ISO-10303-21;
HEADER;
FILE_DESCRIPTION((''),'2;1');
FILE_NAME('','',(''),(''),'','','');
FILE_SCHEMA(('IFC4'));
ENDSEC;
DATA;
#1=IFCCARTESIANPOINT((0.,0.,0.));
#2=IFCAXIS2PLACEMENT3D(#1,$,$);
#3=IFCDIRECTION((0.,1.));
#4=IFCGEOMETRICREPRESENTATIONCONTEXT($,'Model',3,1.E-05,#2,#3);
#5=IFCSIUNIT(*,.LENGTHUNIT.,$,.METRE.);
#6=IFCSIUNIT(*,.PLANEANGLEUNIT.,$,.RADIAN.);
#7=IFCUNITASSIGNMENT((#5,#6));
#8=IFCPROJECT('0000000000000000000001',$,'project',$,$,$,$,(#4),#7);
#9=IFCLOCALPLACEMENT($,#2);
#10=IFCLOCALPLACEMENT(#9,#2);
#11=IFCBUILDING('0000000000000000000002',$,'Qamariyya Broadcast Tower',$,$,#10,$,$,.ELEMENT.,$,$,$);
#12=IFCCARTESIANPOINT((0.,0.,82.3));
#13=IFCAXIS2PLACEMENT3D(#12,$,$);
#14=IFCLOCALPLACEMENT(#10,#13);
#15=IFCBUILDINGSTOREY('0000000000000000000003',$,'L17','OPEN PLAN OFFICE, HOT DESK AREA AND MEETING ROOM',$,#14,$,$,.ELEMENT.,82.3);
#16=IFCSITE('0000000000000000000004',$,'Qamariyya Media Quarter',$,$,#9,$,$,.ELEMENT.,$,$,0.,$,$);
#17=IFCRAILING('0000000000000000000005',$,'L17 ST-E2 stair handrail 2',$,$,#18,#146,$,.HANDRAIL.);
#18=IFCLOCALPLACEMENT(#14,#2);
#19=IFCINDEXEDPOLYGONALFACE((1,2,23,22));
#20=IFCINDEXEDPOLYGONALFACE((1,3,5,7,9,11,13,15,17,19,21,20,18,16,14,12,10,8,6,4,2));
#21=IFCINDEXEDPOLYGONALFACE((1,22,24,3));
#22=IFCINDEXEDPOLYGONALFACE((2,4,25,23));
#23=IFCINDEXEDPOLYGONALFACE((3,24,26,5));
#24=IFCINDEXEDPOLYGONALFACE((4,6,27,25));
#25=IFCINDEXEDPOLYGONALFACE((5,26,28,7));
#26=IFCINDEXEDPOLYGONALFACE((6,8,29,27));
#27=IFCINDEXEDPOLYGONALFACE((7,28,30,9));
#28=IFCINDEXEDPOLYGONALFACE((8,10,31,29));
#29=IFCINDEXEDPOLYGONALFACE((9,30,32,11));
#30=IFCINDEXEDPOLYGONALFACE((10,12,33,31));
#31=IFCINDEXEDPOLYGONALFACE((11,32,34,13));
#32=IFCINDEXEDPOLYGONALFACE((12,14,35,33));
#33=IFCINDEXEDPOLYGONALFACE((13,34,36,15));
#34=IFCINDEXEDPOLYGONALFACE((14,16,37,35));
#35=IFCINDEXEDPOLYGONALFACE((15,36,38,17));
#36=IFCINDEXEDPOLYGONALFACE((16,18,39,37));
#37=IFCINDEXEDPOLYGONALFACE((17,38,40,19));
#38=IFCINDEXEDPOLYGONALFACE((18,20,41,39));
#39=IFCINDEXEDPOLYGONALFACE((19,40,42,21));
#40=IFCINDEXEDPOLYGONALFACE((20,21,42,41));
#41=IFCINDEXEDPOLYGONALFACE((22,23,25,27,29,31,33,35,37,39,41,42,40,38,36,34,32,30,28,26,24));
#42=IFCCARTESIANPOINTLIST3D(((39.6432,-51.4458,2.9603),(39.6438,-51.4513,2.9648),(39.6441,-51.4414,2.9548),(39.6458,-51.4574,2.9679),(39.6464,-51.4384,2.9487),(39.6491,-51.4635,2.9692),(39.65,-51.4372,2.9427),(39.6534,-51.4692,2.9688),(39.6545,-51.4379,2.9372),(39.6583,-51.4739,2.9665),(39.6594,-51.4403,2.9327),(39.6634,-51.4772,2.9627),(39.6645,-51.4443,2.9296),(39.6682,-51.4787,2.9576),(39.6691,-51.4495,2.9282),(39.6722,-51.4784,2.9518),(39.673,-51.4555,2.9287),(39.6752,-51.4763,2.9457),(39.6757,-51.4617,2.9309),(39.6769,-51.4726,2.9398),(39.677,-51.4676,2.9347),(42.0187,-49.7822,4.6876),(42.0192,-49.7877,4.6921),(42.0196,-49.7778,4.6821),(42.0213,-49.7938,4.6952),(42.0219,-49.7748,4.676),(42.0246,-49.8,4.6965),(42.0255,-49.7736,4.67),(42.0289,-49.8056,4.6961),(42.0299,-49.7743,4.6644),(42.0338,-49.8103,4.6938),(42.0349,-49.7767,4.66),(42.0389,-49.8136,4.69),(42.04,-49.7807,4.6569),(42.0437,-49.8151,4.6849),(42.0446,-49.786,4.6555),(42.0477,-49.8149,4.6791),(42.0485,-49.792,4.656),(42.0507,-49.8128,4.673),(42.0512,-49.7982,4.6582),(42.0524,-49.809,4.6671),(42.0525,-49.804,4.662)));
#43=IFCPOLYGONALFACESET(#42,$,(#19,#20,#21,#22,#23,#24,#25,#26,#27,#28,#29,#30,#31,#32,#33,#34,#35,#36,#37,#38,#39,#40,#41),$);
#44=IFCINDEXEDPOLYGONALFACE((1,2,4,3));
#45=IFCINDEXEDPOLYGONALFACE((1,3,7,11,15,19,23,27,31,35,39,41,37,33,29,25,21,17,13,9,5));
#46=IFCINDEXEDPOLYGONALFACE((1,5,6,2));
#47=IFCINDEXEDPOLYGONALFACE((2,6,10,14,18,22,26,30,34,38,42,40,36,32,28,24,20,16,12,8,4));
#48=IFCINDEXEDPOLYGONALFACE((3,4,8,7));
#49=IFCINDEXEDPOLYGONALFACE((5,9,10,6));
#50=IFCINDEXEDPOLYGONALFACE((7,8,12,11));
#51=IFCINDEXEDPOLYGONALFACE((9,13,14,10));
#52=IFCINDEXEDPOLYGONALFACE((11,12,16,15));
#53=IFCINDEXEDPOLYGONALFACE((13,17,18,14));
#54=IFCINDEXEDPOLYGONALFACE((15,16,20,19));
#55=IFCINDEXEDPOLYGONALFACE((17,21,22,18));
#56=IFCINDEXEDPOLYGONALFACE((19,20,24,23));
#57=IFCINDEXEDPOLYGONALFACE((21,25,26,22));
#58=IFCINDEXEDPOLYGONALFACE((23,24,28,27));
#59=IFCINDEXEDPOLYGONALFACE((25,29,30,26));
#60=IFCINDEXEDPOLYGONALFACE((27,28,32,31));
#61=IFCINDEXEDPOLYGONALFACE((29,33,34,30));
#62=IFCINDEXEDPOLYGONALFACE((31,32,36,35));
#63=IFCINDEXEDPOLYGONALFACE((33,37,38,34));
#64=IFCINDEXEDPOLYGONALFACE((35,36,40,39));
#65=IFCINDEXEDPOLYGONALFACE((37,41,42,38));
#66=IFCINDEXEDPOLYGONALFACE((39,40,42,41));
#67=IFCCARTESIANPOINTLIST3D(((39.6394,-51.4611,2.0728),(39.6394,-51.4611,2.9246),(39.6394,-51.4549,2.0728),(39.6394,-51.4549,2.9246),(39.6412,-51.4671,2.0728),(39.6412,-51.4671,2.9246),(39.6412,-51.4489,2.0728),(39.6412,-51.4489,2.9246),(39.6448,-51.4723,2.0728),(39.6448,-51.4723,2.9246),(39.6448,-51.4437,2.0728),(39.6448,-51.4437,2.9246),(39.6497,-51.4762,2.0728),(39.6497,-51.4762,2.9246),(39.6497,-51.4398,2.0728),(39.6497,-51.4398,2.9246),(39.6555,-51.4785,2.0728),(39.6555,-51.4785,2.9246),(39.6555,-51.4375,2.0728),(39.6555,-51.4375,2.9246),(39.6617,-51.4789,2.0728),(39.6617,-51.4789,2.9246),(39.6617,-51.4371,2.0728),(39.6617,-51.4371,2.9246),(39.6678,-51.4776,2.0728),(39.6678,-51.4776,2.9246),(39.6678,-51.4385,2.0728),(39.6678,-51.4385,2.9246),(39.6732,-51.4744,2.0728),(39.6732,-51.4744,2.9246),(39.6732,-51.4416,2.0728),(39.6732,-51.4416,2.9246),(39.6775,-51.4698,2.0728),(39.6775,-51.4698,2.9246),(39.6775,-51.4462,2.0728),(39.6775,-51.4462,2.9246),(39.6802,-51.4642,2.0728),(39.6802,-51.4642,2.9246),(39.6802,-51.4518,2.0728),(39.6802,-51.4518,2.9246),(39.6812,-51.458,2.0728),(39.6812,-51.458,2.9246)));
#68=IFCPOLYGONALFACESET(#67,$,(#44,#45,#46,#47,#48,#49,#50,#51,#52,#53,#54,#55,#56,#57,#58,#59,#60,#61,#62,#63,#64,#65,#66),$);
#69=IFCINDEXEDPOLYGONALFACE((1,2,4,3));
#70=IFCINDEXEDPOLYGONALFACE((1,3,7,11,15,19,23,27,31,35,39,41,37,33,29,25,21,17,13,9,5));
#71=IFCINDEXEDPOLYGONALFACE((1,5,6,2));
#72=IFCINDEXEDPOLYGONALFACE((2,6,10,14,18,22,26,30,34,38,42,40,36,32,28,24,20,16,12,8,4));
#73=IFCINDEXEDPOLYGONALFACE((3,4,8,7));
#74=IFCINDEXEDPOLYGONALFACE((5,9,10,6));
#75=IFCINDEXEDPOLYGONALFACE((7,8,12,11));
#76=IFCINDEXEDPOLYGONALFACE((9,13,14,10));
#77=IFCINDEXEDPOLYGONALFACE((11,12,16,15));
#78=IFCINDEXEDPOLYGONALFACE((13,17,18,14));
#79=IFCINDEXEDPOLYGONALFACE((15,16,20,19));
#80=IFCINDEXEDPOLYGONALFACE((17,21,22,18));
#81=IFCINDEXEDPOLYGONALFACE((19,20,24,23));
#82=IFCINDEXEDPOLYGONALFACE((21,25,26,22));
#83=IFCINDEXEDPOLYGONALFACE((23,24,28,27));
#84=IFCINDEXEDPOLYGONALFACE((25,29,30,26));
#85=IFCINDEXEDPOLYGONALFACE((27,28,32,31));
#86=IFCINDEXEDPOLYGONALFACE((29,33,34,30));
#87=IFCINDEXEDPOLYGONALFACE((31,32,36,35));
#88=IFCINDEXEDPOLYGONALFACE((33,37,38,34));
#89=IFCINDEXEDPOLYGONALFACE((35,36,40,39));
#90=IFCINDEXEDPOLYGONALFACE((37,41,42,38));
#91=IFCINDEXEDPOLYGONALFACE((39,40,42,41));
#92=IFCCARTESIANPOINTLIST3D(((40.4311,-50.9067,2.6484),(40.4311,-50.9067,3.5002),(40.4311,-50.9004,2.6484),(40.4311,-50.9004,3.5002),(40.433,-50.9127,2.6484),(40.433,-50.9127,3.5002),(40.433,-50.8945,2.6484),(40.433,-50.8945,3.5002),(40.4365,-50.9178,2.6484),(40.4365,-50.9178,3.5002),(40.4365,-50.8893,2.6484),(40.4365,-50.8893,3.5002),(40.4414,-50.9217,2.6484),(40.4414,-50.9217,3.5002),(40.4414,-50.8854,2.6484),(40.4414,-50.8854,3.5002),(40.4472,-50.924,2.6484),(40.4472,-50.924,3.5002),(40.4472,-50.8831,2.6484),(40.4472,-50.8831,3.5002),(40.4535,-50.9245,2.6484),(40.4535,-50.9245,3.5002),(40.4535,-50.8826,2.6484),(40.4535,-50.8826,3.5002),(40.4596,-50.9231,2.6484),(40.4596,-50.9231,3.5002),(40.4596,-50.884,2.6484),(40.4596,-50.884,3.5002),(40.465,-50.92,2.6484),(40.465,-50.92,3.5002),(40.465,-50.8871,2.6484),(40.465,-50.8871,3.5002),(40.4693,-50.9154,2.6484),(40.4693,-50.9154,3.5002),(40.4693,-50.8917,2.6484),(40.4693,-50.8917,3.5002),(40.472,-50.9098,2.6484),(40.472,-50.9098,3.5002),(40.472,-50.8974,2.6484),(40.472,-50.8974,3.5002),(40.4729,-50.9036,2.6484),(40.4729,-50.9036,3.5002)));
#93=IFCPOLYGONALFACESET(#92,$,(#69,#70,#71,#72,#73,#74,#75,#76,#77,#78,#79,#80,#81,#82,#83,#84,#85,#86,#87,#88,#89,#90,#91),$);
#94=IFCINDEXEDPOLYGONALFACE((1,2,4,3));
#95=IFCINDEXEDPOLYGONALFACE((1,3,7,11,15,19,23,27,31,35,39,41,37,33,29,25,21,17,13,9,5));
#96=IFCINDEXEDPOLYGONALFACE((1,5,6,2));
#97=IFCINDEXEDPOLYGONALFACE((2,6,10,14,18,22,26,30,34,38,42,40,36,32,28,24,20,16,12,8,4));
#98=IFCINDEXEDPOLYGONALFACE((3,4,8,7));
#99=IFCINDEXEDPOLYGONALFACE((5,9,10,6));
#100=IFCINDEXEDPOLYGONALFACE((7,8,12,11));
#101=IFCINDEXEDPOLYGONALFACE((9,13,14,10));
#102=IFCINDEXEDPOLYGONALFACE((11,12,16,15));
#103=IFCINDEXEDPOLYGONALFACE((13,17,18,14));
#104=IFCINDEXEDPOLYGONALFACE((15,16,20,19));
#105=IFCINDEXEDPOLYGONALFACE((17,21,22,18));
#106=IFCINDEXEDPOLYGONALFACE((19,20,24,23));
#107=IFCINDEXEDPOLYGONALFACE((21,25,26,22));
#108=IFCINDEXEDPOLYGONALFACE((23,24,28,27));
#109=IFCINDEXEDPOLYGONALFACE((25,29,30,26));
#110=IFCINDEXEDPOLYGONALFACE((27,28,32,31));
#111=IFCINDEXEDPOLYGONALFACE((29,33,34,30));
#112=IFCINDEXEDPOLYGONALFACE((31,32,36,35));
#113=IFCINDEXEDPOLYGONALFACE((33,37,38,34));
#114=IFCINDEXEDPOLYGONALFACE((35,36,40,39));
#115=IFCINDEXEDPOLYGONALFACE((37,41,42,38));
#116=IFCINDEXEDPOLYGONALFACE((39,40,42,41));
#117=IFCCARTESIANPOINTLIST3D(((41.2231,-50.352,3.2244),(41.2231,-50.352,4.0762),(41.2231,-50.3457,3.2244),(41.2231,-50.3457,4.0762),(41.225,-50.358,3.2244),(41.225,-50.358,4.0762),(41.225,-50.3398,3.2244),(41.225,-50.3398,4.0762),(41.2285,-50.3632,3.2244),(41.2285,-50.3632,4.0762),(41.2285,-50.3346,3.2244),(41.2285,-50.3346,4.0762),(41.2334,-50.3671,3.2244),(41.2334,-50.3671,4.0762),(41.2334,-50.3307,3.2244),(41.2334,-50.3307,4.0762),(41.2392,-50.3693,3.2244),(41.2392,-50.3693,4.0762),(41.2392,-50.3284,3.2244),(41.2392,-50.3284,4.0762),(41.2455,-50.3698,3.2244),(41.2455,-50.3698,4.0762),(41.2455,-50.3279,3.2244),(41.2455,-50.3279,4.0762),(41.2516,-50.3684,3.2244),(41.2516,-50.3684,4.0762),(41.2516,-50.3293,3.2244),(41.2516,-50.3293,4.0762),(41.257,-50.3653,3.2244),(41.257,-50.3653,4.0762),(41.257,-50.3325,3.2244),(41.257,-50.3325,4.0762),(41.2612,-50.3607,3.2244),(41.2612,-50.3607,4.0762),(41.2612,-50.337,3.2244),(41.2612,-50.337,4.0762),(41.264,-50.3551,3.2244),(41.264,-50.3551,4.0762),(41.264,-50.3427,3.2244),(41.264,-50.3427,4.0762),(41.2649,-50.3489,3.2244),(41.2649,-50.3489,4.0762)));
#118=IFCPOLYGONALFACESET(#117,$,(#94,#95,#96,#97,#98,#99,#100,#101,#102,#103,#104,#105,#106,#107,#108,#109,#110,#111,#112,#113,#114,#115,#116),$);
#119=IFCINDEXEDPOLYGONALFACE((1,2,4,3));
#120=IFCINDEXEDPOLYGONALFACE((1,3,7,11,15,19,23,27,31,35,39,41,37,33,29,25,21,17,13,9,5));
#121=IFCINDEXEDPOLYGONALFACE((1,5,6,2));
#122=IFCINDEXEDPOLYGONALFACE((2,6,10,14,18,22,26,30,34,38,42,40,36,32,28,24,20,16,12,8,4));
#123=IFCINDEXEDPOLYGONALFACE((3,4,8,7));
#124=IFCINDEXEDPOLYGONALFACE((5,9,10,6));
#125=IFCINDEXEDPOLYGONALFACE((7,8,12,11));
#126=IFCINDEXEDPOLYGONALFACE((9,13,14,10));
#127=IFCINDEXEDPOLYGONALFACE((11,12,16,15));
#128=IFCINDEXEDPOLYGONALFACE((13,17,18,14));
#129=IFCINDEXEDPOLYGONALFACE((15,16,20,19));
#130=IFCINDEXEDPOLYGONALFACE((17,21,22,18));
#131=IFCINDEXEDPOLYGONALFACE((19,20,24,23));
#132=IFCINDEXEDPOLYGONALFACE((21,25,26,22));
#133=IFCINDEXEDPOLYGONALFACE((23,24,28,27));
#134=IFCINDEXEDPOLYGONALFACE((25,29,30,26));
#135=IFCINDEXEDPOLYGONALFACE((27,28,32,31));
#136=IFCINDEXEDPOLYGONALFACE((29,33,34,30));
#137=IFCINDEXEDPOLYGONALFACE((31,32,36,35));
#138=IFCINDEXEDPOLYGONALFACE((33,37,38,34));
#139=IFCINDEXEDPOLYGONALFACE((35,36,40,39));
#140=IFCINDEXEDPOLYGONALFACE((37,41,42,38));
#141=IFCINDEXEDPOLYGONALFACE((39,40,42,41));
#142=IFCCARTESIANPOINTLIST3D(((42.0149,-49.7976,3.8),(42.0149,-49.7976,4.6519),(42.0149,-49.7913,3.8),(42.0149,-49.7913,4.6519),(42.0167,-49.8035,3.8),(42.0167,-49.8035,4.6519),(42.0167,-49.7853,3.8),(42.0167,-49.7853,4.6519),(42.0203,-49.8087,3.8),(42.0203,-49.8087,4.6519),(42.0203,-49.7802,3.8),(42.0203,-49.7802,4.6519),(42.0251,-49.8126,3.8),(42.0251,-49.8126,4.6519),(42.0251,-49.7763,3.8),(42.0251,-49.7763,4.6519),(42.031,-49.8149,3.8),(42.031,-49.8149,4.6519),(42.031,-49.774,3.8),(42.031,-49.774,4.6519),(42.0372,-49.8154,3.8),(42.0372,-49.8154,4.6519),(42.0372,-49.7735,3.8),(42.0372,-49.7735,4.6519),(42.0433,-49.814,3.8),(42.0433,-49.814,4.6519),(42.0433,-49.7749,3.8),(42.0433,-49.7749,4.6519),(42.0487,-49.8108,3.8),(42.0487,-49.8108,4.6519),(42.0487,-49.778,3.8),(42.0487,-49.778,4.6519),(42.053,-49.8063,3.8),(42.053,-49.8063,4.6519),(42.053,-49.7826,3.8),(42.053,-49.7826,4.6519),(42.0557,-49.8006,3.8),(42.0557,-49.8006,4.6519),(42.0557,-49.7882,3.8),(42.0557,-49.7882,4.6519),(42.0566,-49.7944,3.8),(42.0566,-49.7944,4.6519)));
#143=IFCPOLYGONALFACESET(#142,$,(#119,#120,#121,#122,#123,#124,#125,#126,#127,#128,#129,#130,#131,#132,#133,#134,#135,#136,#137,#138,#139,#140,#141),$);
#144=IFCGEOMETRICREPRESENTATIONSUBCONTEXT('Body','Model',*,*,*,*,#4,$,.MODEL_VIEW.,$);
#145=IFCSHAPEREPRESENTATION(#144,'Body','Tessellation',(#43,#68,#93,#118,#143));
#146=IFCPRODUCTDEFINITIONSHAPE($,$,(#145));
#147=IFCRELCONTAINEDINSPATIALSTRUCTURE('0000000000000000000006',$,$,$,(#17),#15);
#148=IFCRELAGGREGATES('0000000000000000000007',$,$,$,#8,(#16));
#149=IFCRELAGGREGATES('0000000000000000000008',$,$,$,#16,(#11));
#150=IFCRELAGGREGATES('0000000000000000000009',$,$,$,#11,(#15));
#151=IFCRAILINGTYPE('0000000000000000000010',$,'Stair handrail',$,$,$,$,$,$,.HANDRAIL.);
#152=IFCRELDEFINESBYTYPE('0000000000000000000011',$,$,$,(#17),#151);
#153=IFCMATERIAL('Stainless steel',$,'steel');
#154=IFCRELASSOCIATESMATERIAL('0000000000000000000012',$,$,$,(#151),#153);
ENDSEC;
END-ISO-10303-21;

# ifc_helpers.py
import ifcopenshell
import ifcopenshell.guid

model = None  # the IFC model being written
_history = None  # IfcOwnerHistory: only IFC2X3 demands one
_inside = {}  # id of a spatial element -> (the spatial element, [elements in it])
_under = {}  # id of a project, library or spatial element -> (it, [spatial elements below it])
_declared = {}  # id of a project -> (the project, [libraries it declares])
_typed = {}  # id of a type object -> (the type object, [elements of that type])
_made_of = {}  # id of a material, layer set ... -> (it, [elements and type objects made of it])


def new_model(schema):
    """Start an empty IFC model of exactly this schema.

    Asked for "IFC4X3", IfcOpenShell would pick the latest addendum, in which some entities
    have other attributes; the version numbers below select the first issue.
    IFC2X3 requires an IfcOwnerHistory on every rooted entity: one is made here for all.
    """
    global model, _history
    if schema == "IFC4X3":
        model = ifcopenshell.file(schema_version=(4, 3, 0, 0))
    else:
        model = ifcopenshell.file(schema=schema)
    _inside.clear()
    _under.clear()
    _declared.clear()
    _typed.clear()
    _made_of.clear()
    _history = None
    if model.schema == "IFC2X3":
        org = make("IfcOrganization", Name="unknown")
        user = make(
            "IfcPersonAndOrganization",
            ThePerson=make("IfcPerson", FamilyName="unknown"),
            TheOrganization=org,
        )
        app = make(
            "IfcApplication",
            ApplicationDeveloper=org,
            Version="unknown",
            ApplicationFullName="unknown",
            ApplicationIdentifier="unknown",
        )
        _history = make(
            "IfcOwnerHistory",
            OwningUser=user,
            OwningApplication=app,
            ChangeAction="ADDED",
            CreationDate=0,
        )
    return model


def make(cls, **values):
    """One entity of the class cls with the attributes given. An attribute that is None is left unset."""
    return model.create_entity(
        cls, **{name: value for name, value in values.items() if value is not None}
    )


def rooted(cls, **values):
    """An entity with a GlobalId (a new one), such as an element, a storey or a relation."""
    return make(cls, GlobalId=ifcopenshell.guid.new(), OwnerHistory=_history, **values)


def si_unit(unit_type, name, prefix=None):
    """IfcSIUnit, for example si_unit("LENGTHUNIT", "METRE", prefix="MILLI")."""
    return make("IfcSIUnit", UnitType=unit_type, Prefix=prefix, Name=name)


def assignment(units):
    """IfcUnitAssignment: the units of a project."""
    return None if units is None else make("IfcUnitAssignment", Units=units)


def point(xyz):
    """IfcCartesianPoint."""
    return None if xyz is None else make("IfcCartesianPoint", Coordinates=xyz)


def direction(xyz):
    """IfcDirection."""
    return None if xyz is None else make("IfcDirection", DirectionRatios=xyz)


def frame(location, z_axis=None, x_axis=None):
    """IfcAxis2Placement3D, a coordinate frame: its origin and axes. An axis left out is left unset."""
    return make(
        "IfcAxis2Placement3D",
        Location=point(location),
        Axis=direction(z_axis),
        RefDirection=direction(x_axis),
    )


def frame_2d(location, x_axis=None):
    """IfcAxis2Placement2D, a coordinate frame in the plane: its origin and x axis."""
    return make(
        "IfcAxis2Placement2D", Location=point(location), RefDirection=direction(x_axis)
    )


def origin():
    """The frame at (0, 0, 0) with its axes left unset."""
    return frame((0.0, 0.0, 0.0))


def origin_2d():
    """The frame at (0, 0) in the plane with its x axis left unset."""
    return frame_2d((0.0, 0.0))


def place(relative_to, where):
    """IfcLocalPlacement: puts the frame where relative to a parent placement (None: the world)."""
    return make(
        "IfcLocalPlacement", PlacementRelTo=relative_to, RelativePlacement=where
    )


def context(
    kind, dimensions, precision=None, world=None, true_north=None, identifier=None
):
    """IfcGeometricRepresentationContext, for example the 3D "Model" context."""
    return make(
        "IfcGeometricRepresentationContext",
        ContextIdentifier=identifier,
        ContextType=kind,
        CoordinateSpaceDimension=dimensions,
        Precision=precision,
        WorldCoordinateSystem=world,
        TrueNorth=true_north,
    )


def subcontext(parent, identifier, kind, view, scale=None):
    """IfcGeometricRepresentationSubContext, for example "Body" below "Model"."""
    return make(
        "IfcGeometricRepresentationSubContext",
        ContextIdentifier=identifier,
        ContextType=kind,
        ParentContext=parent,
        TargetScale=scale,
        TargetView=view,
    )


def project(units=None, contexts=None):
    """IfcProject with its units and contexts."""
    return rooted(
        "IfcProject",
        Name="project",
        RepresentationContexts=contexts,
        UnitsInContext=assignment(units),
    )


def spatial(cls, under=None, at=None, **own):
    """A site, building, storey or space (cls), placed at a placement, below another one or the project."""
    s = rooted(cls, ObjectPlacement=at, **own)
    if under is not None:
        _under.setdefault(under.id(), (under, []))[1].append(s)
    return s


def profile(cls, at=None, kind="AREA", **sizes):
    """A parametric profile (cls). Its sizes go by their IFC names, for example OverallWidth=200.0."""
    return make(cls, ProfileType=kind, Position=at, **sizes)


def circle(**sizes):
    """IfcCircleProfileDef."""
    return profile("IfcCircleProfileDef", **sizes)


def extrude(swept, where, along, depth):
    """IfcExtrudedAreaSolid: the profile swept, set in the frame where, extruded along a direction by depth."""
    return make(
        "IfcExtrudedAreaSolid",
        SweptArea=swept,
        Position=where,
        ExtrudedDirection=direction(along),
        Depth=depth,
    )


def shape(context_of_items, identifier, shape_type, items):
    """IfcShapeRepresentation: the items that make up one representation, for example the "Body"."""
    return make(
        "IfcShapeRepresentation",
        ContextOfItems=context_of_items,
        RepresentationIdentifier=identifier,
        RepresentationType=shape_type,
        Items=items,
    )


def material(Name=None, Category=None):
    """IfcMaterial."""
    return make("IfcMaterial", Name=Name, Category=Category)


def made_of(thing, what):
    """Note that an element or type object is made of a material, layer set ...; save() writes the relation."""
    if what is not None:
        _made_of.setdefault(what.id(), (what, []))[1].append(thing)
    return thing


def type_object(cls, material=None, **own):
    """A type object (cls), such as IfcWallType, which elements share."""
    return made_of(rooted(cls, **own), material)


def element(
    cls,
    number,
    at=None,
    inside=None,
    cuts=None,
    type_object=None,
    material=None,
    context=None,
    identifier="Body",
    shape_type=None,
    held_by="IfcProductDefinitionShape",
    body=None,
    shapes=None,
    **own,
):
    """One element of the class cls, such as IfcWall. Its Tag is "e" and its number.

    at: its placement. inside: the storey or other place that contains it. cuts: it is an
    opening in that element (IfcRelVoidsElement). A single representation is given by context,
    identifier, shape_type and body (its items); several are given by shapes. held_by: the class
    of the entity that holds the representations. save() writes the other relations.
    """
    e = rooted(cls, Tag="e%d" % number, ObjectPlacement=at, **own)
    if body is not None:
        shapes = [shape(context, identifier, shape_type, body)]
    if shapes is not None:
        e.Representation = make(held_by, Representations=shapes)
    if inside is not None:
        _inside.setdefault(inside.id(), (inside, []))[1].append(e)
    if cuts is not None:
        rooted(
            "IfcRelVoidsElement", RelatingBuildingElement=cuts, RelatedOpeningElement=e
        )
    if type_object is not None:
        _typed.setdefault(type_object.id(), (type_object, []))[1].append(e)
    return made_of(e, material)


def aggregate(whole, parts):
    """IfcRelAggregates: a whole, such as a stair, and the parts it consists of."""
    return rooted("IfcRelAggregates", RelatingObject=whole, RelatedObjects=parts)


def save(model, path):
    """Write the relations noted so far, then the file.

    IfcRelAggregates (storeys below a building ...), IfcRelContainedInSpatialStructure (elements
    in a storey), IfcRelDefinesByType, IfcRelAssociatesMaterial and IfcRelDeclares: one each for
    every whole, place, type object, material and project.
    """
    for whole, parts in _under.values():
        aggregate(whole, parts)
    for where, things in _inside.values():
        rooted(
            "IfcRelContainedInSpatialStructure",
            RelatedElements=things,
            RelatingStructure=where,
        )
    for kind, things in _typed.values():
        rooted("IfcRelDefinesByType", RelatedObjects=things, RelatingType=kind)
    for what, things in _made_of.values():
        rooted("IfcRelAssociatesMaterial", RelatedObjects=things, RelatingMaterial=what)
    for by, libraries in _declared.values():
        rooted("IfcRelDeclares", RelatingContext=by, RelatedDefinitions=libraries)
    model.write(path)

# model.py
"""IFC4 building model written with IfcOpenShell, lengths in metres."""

from ifc_helpers import new_model, si_unit, direction, frame, origin, origin_2d, place, context, subcontext, project, spatial, circle, extrude, material, type_object, element, save


model = new_model("IFC4")

# Units and contexts
model_context = context("Model", 3, precision=1e-05, world=origin(), true_north=direction((0.0, 1.0)))
body_context = subcontext(model_context, "Body", "Model", "MODEL_VIEW")
ifc_project = project(units=[si_unit("LENGTHUNIT", "METRE"), si_unit("PLANEANGLEUNIT", "RADIAN")], contexts=[model_context])

# Site, building, storey
site_placement = place(None, origin())
site = spatial("IfcSite", under=ifc_project, at=site_placement, Name="Qamariyya Media Quarter", CompositionType="ELEMENT", RefElevation=0.0)
building_placement = place(site_placement, origin())
building = spatial("IfcBuilding", under=site, at=building_placement, Name="Qamariyya Broadcast Tower", CompositionType="ELEMENT")
storey_placement = place(building_placement, frame((0.0, 0.0, 82.3)))
storey = spatial("IfcBuildingStorey", under=building, at=storey_placement, Name="L17", Description="OPEN PLAN OFFICE, HOT DESK AREA AND MEETING ROOM", CompositionType="ELEMENT", Elevation=82.3)

# Railing
ifc_material_1 = material(Name="Stainless steel", Category="steel")
railing_type_1 = type_object("IfcRailingType", Name="Stair handrail", PredefinedType="HANDRAIL", material=ifc_material_1)
railing_1_placement = place(storey_placement, frame((39.6602, -51.458, 2.0728)))
element("IfcRailing", 1, at=railing_1_placement, inside=storey, type_object=railing_type_1, Name="L17 ST-E2 stair handrail 2", PredefinedType="HANDRAIL", context=body_context, shape_type="SweptSolid", body=[
    extrude(circle(Radius=0.0239, at=origin_2d()), frame((0.0, 0.0, 0.876), z_axis=(0.703745, 0.492838, 0.511716), x_axis=(-0.573632, 0.819113, 0.0)), (0.0, 0.0, 1.0), 3.3755),
    extrude(circle(Radius=0.021, at=origin_2d()), origin(), (0.0, 0.0, 1.0), 0.8518),
    extrude(circle(Radius=0.021, at=origin_2d()), frame((0.7917, 0.5544, 0.5757)), (0.0, 0.0, 1.0), 0.8518),
    extrude(circle(Radius=0.021, at=origin_2d()), frame((1.5837, 1.1091, 1.1516)), (0.0, 0.0, 1.0), 0.8518),
    extrude(circle(Radius=0.021, at=origin_2d()), frame((2.3755, 1.6636, 1.7273)), (0.0, 0.0, 1.0), 0.8518),
])

save(model, "model.ifc")
